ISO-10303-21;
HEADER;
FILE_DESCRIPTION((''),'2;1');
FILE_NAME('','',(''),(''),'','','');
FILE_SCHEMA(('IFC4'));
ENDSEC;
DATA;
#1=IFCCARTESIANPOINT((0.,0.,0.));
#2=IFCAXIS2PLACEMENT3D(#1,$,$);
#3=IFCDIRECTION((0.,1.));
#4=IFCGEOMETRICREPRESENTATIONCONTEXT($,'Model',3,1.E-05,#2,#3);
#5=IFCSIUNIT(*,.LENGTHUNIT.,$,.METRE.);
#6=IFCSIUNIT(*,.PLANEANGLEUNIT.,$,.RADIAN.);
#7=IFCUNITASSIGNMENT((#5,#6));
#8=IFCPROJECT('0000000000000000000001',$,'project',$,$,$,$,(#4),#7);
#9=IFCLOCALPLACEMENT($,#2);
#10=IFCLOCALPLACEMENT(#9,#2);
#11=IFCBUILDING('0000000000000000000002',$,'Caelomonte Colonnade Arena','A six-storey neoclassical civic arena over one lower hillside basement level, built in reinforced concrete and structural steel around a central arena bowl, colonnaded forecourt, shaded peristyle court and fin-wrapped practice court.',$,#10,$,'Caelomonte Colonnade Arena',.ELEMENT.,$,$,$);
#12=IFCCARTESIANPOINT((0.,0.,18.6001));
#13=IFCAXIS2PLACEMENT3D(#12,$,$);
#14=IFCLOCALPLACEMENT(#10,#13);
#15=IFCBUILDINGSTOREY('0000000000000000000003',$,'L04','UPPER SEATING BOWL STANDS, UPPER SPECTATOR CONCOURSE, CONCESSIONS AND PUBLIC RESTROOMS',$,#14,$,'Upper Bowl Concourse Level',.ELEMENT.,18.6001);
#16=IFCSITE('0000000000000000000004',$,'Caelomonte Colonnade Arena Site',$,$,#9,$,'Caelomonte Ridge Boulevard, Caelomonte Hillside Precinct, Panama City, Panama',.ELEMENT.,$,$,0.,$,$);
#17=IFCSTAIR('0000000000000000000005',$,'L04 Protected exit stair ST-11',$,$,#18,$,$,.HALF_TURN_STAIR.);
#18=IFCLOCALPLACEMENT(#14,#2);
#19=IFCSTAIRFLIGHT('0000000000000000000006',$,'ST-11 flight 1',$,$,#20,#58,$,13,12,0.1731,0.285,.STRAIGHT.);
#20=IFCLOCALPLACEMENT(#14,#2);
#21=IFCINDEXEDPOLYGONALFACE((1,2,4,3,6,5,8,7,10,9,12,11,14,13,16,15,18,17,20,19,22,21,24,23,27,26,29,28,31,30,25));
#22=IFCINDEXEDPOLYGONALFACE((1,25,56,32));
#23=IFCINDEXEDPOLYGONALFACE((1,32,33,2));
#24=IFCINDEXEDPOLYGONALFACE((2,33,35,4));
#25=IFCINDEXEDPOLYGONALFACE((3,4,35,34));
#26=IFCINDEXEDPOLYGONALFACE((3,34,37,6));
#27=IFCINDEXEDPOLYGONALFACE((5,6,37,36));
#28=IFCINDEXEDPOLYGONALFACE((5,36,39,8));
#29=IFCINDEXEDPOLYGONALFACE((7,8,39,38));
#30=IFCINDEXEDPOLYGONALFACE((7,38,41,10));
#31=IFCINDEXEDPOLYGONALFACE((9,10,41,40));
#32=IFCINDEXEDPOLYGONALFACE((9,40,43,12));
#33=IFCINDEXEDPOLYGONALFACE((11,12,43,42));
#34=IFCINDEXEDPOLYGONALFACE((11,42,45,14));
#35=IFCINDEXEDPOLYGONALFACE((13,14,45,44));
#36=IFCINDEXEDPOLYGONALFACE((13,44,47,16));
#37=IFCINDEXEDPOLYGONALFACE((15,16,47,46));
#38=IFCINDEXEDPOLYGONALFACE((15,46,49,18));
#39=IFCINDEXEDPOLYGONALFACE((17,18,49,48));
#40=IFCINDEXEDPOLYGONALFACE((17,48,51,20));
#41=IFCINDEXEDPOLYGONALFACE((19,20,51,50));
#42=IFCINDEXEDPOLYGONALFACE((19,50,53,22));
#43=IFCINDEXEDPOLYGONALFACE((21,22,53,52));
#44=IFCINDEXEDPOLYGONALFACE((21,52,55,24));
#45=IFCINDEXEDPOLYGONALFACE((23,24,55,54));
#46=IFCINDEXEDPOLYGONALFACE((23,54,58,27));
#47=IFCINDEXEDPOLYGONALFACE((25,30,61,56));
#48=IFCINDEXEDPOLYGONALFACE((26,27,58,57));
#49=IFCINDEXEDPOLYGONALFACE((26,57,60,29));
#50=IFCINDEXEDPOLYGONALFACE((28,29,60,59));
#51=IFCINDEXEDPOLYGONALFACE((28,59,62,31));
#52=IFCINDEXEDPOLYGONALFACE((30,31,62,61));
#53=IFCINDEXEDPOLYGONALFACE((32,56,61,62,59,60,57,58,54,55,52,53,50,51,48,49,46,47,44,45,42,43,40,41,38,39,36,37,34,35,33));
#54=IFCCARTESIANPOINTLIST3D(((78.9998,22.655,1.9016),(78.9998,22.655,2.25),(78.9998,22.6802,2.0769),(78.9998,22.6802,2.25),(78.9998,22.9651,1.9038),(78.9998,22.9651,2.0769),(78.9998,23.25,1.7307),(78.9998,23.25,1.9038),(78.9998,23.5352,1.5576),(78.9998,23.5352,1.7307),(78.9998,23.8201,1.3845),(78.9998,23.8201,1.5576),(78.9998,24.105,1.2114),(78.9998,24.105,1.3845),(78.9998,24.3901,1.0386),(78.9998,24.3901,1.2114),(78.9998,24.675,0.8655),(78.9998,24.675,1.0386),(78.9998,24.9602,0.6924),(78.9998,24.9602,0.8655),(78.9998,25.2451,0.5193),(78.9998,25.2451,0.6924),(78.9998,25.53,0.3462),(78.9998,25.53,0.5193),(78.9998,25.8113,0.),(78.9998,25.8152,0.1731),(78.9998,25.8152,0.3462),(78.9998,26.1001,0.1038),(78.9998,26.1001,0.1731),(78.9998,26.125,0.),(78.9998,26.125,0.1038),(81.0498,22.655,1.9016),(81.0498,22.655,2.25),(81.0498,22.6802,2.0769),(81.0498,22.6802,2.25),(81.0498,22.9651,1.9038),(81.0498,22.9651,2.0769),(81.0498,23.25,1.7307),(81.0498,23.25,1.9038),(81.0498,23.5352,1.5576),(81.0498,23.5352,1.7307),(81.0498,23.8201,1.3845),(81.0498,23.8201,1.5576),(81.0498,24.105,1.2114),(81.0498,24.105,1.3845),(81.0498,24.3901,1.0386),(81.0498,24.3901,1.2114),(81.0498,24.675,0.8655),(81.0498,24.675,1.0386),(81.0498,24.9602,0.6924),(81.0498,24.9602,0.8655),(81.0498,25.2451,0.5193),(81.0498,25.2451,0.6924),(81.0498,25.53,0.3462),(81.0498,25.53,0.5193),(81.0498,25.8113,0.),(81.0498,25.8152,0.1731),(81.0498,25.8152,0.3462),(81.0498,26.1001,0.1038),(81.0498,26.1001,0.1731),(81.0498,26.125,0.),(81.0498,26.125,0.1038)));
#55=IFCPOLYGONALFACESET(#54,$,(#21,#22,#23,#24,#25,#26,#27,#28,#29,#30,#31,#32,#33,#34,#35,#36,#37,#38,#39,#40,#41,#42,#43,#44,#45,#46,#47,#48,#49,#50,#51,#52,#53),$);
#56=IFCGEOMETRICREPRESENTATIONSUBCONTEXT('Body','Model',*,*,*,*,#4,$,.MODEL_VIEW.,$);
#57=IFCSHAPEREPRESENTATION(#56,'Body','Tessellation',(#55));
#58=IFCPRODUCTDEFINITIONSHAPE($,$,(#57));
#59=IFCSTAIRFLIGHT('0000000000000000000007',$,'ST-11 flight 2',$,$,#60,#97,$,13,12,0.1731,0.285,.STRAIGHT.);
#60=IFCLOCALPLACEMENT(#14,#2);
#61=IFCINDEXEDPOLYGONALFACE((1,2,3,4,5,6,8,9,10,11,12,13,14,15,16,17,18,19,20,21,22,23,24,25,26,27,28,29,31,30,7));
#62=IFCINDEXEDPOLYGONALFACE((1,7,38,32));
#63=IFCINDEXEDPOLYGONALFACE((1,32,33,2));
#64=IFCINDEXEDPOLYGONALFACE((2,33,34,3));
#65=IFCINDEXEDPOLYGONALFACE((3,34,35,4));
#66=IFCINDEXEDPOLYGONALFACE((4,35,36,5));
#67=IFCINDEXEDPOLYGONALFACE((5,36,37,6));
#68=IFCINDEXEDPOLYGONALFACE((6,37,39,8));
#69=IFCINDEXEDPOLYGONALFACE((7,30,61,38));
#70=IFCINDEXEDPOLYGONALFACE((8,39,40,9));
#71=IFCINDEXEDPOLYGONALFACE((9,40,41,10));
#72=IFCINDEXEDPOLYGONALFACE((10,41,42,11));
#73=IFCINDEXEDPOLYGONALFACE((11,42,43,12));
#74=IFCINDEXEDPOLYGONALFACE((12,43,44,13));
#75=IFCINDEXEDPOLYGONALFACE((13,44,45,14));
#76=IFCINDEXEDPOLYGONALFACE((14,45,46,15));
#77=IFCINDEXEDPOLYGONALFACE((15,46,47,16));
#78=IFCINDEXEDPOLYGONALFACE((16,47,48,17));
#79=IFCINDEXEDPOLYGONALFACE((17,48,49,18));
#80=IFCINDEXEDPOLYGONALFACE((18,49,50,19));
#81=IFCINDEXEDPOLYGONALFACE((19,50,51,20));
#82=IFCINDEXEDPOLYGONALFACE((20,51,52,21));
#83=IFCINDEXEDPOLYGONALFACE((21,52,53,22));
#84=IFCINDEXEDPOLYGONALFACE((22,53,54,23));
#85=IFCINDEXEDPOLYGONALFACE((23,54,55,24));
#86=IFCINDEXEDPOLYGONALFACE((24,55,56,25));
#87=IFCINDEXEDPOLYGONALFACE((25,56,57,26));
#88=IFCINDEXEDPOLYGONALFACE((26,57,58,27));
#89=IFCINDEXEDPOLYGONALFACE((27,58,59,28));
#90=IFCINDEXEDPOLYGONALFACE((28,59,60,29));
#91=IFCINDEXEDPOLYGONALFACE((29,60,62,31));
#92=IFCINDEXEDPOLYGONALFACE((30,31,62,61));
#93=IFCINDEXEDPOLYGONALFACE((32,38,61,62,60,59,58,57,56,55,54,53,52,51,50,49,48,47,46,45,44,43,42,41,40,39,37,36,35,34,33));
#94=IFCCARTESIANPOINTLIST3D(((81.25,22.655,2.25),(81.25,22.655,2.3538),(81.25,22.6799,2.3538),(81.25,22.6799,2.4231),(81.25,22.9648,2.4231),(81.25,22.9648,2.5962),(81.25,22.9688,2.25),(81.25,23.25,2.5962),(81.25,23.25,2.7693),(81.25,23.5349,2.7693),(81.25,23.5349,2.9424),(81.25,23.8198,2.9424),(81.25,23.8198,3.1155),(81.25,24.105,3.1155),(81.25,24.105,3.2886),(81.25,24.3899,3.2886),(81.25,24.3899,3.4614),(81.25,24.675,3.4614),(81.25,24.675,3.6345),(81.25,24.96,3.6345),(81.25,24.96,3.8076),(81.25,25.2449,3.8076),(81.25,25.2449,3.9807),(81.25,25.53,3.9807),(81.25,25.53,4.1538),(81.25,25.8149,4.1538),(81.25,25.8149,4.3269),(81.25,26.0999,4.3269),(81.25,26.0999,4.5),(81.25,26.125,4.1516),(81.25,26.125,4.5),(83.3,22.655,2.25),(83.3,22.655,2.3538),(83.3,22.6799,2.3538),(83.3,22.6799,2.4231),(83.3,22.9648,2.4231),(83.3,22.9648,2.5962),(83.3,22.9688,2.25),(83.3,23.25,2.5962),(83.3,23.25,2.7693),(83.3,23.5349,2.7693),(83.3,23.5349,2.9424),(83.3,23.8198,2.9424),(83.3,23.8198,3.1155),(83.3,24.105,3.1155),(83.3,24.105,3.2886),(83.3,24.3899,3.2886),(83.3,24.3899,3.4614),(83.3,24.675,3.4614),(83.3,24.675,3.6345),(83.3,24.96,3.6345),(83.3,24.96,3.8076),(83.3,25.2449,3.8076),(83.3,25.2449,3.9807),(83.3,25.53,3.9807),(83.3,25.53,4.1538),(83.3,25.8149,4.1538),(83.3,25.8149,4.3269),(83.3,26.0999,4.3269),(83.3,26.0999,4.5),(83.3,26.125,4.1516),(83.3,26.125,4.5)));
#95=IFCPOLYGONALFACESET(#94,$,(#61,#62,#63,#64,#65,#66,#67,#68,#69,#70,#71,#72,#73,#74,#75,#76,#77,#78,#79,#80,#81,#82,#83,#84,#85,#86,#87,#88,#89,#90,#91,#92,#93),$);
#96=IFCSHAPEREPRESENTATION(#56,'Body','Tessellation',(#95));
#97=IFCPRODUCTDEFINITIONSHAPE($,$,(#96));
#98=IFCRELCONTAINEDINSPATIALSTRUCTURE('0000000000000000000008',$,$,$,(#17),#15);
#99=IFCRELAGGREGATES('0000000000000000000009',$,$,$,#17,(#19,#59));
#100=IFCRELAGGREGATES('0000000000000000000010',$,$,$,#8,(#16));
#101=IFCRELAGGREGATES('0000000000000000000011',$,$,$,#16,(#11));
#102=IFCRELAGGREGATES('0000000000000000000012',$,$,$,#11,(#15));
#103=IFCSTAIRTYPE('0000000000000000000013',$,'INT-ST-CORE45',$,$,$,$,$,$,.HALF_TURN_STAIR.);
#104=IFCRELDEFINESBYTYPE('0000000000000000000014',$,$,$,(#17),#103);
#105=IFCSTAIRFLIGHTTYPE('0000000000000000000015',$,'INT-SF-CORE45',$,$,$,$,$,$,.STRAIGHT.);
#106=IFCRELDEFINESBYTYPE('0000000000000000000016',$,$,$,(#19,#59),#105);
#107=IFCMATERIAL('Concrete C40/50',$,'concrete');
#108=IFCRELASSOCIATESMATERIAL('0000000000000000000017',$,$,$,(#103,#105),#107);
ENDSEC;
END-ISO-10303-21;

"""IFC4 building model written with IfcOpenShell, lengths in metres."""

from ifc_helpers import new_model, si_unit, direction, frame, origin, place, context, subcontext, project, spatial, polyline, outline, extrude, material, type_object, element, aggregate, save


model = new_model("IFC4")

# Units and contexts
model_context = context("Model", 3, precision=1e-05, world=origin(), true_north=direction((0.0, 1.0)))
body_context = subcontext(model_context, "Body", "Model", "MODEL_VIEW")
ifc_project = project(units=[si_unit("LENGTHUNIT", "METRE"), si_unit("PLANEANGLEUNIT", "RADIAN")], contexts=[model_context])

# Site, building, storey
site_placement = place(None, origin())
site = spatial("IfcSite", under=ifc_project, at=site_placement, Name="Caelomonte Colonnade Arena Site", LongName="Caelomonte Ridge Boulevard, Caelomonte Hillside Precinct, Panama City, Panama", CompositionType="ELEMENT", RefElevation=0.0)
building_placement = place(site_placement, origin())
building = spatial("IfcBuilding", under=site, at=building_placement, Name="Caelomonte Colonnade Arena", Description="A six-storey neoclassical civic arena over one lower hillside basement level, built in reinforced concrete and structural steel around a central arena bowl, colonnaded forecourt, shaded peristyle court and fin-wrapped practice court.", LongName="Caelomonte Colonnade Arena", CompositionType="ELEMENT")
storey_placement = place(building_placement, frame((0.0, 0.0, 18.6001)))
storey = spatial("IfcBuildingStorey", under=building, at=storey_placement, Name="L04", Description="UPPER SEATING BOWL STANDS, UPPER SPECTATOR CONCOURSE, CONCESSIONS AND PUBLIC RESTROOMS", LongName="Upper Bowl Concourse Level", CompositionType="ELEMENT", Elevation=18.6001)

# Shared definitions
ifc_material_1 = material(Name="Concrete C40/50", Category="concrete")

# Stair, stair flights
stair_type = type_object("IfcStairType", Name="INT-ST-CORE45", PredefinedType="HALF_TURN_STAIR", material=ifc_material_1)
stair_placement = place(storey_placement, origin())
stair = element("IfcStair", 1, at=stair_placement, inside=storey, type_object=stair_type, Name="L04 Protected exit stair ST-11", PredefinedType="HALF_TURN_STAIR")
stair_flight_type = type_object("IfcStairFlightType", Name="INT-SF-CORE45", PredefinedType="STRAIGHT", material=ifc_material_1)
stair_flight_1_placement = place(storey_placement, frame((80.0249, 26.1001, 0.0), z_axis=(0.0, 0.0, 1.0), x_axis=(0.0, -1.0, 0.0)))
stair_flight_1 = element("IfcStairFlight", 2, at=stair_flight_1_placement, type_object=stair_flight_type, Name="ST-11 flight 1", NumberOfRisers=13, NumberOfTreads=12, PredefinedType="STRAIGHT", RiserHeight=0.1731, TreadLength=0.285, context=body_context, shape_type="SweptSolid", body=[
    extrude(outline(polyline([(-0.0249, 0.0), (-0.0249, 0.1038), (0.0, 0.1038), (0.0, 0.1731), (0.2849, 0.1731), (0.2849, 0.3462), (0.5701, 0.3462), (0.5701, 0.5193), (0.855, 0.5193), (0.855, 0.6924), (1.1399, 0.6924), (1.1399, 0.8655), (1.425, 0.8655), (1.425, 1.0386), (1.71, 1.0386), (1.71, 1.2114), (1.9951, 1.2114), (1.9951, 1.3845), (2.28, 1.3845), (2.28, 1.5576), (2.5649, 1.5576), (2.5649, 1.7307), (2.8501, 1.7307), (2.8501, 1.9038), (3.135, 1.9038), (3.135, 2.0769), (3.4199, 2.0769), (3.4199, 2.25), (3.4451, 2.25), (3.4451, 1.9016), (0.2888, 0.0), (-0.0249, 0.0)])), frame((0.0, 1.0249, 0.0), z_axis=(0.0, -1.0, 0.0), x_axis=(1.0, 0.0, 0.0)), (0.0, 0.0, 1.0), 2.05),
])
stair_flight_2_placement = place(storey_placement, frame((82.2749, 22.6799, 2.25), z_axis=(0.0, 0.0, 1.0), x_axis=(0.0, 1.0, 0.0)))
stair_flight_2 = element("IfcStairFlight", 3, at=stair_flight_2_placement, type_object=stair_flight_type, Name="ST-11 flight 2", NumberOfRisers=13, NumberOfTreads=12, PredefinedType="STRAIGHT", RiserHeight=0.1731, TreadLength=0.285, context=body_context, shape_type="SweptSolid", body=[
    extrude(outline(polyline([(-0.0249, 0.0), (-0.0249, 0.1038), (0.0, 0.1038), (0.0, 0.1731), (0.2849, 0.1731), (0.2849, 0.3462), (0.5701, 0.3462), (0.5701, 0.5193), (0.855, 0.5193), (0.855, 0.6924), (1.1399, 0.6924), (1.1399, 0.8655), (1.425, 0.8655), (1.425, 1.0386), (1.71, 1.0386), (1.71, 1.2114), (1.9951, 1.2114), (1.9951, 1.3845), (2.28, 1.3845), (2.28, 1.5576), (2.5649, 1.5576), (2.5649, 1.7307), (2.8501, 1.7307), (2.8501, 1.9038), (3.135, 1.9038), (3.135, 2.0769), (3.4199, 2.0769), (3.4199, 2.25), (3.4451, 2.25), (3.4451, 1.9016), (0.2888, 0.0), (-0.0249, 0.0)])), frame((0.0, 1.0249, 0.0), z_axis=(0.0, -1.0, 0.0), x_axis=(1.0, 0.0, 0.0)), (0.0, 0.0, 1.0), 2.05),
])
aggregate(stair, [stair_flight_1, stair_flight_2])

save(model, "model.ifc")
